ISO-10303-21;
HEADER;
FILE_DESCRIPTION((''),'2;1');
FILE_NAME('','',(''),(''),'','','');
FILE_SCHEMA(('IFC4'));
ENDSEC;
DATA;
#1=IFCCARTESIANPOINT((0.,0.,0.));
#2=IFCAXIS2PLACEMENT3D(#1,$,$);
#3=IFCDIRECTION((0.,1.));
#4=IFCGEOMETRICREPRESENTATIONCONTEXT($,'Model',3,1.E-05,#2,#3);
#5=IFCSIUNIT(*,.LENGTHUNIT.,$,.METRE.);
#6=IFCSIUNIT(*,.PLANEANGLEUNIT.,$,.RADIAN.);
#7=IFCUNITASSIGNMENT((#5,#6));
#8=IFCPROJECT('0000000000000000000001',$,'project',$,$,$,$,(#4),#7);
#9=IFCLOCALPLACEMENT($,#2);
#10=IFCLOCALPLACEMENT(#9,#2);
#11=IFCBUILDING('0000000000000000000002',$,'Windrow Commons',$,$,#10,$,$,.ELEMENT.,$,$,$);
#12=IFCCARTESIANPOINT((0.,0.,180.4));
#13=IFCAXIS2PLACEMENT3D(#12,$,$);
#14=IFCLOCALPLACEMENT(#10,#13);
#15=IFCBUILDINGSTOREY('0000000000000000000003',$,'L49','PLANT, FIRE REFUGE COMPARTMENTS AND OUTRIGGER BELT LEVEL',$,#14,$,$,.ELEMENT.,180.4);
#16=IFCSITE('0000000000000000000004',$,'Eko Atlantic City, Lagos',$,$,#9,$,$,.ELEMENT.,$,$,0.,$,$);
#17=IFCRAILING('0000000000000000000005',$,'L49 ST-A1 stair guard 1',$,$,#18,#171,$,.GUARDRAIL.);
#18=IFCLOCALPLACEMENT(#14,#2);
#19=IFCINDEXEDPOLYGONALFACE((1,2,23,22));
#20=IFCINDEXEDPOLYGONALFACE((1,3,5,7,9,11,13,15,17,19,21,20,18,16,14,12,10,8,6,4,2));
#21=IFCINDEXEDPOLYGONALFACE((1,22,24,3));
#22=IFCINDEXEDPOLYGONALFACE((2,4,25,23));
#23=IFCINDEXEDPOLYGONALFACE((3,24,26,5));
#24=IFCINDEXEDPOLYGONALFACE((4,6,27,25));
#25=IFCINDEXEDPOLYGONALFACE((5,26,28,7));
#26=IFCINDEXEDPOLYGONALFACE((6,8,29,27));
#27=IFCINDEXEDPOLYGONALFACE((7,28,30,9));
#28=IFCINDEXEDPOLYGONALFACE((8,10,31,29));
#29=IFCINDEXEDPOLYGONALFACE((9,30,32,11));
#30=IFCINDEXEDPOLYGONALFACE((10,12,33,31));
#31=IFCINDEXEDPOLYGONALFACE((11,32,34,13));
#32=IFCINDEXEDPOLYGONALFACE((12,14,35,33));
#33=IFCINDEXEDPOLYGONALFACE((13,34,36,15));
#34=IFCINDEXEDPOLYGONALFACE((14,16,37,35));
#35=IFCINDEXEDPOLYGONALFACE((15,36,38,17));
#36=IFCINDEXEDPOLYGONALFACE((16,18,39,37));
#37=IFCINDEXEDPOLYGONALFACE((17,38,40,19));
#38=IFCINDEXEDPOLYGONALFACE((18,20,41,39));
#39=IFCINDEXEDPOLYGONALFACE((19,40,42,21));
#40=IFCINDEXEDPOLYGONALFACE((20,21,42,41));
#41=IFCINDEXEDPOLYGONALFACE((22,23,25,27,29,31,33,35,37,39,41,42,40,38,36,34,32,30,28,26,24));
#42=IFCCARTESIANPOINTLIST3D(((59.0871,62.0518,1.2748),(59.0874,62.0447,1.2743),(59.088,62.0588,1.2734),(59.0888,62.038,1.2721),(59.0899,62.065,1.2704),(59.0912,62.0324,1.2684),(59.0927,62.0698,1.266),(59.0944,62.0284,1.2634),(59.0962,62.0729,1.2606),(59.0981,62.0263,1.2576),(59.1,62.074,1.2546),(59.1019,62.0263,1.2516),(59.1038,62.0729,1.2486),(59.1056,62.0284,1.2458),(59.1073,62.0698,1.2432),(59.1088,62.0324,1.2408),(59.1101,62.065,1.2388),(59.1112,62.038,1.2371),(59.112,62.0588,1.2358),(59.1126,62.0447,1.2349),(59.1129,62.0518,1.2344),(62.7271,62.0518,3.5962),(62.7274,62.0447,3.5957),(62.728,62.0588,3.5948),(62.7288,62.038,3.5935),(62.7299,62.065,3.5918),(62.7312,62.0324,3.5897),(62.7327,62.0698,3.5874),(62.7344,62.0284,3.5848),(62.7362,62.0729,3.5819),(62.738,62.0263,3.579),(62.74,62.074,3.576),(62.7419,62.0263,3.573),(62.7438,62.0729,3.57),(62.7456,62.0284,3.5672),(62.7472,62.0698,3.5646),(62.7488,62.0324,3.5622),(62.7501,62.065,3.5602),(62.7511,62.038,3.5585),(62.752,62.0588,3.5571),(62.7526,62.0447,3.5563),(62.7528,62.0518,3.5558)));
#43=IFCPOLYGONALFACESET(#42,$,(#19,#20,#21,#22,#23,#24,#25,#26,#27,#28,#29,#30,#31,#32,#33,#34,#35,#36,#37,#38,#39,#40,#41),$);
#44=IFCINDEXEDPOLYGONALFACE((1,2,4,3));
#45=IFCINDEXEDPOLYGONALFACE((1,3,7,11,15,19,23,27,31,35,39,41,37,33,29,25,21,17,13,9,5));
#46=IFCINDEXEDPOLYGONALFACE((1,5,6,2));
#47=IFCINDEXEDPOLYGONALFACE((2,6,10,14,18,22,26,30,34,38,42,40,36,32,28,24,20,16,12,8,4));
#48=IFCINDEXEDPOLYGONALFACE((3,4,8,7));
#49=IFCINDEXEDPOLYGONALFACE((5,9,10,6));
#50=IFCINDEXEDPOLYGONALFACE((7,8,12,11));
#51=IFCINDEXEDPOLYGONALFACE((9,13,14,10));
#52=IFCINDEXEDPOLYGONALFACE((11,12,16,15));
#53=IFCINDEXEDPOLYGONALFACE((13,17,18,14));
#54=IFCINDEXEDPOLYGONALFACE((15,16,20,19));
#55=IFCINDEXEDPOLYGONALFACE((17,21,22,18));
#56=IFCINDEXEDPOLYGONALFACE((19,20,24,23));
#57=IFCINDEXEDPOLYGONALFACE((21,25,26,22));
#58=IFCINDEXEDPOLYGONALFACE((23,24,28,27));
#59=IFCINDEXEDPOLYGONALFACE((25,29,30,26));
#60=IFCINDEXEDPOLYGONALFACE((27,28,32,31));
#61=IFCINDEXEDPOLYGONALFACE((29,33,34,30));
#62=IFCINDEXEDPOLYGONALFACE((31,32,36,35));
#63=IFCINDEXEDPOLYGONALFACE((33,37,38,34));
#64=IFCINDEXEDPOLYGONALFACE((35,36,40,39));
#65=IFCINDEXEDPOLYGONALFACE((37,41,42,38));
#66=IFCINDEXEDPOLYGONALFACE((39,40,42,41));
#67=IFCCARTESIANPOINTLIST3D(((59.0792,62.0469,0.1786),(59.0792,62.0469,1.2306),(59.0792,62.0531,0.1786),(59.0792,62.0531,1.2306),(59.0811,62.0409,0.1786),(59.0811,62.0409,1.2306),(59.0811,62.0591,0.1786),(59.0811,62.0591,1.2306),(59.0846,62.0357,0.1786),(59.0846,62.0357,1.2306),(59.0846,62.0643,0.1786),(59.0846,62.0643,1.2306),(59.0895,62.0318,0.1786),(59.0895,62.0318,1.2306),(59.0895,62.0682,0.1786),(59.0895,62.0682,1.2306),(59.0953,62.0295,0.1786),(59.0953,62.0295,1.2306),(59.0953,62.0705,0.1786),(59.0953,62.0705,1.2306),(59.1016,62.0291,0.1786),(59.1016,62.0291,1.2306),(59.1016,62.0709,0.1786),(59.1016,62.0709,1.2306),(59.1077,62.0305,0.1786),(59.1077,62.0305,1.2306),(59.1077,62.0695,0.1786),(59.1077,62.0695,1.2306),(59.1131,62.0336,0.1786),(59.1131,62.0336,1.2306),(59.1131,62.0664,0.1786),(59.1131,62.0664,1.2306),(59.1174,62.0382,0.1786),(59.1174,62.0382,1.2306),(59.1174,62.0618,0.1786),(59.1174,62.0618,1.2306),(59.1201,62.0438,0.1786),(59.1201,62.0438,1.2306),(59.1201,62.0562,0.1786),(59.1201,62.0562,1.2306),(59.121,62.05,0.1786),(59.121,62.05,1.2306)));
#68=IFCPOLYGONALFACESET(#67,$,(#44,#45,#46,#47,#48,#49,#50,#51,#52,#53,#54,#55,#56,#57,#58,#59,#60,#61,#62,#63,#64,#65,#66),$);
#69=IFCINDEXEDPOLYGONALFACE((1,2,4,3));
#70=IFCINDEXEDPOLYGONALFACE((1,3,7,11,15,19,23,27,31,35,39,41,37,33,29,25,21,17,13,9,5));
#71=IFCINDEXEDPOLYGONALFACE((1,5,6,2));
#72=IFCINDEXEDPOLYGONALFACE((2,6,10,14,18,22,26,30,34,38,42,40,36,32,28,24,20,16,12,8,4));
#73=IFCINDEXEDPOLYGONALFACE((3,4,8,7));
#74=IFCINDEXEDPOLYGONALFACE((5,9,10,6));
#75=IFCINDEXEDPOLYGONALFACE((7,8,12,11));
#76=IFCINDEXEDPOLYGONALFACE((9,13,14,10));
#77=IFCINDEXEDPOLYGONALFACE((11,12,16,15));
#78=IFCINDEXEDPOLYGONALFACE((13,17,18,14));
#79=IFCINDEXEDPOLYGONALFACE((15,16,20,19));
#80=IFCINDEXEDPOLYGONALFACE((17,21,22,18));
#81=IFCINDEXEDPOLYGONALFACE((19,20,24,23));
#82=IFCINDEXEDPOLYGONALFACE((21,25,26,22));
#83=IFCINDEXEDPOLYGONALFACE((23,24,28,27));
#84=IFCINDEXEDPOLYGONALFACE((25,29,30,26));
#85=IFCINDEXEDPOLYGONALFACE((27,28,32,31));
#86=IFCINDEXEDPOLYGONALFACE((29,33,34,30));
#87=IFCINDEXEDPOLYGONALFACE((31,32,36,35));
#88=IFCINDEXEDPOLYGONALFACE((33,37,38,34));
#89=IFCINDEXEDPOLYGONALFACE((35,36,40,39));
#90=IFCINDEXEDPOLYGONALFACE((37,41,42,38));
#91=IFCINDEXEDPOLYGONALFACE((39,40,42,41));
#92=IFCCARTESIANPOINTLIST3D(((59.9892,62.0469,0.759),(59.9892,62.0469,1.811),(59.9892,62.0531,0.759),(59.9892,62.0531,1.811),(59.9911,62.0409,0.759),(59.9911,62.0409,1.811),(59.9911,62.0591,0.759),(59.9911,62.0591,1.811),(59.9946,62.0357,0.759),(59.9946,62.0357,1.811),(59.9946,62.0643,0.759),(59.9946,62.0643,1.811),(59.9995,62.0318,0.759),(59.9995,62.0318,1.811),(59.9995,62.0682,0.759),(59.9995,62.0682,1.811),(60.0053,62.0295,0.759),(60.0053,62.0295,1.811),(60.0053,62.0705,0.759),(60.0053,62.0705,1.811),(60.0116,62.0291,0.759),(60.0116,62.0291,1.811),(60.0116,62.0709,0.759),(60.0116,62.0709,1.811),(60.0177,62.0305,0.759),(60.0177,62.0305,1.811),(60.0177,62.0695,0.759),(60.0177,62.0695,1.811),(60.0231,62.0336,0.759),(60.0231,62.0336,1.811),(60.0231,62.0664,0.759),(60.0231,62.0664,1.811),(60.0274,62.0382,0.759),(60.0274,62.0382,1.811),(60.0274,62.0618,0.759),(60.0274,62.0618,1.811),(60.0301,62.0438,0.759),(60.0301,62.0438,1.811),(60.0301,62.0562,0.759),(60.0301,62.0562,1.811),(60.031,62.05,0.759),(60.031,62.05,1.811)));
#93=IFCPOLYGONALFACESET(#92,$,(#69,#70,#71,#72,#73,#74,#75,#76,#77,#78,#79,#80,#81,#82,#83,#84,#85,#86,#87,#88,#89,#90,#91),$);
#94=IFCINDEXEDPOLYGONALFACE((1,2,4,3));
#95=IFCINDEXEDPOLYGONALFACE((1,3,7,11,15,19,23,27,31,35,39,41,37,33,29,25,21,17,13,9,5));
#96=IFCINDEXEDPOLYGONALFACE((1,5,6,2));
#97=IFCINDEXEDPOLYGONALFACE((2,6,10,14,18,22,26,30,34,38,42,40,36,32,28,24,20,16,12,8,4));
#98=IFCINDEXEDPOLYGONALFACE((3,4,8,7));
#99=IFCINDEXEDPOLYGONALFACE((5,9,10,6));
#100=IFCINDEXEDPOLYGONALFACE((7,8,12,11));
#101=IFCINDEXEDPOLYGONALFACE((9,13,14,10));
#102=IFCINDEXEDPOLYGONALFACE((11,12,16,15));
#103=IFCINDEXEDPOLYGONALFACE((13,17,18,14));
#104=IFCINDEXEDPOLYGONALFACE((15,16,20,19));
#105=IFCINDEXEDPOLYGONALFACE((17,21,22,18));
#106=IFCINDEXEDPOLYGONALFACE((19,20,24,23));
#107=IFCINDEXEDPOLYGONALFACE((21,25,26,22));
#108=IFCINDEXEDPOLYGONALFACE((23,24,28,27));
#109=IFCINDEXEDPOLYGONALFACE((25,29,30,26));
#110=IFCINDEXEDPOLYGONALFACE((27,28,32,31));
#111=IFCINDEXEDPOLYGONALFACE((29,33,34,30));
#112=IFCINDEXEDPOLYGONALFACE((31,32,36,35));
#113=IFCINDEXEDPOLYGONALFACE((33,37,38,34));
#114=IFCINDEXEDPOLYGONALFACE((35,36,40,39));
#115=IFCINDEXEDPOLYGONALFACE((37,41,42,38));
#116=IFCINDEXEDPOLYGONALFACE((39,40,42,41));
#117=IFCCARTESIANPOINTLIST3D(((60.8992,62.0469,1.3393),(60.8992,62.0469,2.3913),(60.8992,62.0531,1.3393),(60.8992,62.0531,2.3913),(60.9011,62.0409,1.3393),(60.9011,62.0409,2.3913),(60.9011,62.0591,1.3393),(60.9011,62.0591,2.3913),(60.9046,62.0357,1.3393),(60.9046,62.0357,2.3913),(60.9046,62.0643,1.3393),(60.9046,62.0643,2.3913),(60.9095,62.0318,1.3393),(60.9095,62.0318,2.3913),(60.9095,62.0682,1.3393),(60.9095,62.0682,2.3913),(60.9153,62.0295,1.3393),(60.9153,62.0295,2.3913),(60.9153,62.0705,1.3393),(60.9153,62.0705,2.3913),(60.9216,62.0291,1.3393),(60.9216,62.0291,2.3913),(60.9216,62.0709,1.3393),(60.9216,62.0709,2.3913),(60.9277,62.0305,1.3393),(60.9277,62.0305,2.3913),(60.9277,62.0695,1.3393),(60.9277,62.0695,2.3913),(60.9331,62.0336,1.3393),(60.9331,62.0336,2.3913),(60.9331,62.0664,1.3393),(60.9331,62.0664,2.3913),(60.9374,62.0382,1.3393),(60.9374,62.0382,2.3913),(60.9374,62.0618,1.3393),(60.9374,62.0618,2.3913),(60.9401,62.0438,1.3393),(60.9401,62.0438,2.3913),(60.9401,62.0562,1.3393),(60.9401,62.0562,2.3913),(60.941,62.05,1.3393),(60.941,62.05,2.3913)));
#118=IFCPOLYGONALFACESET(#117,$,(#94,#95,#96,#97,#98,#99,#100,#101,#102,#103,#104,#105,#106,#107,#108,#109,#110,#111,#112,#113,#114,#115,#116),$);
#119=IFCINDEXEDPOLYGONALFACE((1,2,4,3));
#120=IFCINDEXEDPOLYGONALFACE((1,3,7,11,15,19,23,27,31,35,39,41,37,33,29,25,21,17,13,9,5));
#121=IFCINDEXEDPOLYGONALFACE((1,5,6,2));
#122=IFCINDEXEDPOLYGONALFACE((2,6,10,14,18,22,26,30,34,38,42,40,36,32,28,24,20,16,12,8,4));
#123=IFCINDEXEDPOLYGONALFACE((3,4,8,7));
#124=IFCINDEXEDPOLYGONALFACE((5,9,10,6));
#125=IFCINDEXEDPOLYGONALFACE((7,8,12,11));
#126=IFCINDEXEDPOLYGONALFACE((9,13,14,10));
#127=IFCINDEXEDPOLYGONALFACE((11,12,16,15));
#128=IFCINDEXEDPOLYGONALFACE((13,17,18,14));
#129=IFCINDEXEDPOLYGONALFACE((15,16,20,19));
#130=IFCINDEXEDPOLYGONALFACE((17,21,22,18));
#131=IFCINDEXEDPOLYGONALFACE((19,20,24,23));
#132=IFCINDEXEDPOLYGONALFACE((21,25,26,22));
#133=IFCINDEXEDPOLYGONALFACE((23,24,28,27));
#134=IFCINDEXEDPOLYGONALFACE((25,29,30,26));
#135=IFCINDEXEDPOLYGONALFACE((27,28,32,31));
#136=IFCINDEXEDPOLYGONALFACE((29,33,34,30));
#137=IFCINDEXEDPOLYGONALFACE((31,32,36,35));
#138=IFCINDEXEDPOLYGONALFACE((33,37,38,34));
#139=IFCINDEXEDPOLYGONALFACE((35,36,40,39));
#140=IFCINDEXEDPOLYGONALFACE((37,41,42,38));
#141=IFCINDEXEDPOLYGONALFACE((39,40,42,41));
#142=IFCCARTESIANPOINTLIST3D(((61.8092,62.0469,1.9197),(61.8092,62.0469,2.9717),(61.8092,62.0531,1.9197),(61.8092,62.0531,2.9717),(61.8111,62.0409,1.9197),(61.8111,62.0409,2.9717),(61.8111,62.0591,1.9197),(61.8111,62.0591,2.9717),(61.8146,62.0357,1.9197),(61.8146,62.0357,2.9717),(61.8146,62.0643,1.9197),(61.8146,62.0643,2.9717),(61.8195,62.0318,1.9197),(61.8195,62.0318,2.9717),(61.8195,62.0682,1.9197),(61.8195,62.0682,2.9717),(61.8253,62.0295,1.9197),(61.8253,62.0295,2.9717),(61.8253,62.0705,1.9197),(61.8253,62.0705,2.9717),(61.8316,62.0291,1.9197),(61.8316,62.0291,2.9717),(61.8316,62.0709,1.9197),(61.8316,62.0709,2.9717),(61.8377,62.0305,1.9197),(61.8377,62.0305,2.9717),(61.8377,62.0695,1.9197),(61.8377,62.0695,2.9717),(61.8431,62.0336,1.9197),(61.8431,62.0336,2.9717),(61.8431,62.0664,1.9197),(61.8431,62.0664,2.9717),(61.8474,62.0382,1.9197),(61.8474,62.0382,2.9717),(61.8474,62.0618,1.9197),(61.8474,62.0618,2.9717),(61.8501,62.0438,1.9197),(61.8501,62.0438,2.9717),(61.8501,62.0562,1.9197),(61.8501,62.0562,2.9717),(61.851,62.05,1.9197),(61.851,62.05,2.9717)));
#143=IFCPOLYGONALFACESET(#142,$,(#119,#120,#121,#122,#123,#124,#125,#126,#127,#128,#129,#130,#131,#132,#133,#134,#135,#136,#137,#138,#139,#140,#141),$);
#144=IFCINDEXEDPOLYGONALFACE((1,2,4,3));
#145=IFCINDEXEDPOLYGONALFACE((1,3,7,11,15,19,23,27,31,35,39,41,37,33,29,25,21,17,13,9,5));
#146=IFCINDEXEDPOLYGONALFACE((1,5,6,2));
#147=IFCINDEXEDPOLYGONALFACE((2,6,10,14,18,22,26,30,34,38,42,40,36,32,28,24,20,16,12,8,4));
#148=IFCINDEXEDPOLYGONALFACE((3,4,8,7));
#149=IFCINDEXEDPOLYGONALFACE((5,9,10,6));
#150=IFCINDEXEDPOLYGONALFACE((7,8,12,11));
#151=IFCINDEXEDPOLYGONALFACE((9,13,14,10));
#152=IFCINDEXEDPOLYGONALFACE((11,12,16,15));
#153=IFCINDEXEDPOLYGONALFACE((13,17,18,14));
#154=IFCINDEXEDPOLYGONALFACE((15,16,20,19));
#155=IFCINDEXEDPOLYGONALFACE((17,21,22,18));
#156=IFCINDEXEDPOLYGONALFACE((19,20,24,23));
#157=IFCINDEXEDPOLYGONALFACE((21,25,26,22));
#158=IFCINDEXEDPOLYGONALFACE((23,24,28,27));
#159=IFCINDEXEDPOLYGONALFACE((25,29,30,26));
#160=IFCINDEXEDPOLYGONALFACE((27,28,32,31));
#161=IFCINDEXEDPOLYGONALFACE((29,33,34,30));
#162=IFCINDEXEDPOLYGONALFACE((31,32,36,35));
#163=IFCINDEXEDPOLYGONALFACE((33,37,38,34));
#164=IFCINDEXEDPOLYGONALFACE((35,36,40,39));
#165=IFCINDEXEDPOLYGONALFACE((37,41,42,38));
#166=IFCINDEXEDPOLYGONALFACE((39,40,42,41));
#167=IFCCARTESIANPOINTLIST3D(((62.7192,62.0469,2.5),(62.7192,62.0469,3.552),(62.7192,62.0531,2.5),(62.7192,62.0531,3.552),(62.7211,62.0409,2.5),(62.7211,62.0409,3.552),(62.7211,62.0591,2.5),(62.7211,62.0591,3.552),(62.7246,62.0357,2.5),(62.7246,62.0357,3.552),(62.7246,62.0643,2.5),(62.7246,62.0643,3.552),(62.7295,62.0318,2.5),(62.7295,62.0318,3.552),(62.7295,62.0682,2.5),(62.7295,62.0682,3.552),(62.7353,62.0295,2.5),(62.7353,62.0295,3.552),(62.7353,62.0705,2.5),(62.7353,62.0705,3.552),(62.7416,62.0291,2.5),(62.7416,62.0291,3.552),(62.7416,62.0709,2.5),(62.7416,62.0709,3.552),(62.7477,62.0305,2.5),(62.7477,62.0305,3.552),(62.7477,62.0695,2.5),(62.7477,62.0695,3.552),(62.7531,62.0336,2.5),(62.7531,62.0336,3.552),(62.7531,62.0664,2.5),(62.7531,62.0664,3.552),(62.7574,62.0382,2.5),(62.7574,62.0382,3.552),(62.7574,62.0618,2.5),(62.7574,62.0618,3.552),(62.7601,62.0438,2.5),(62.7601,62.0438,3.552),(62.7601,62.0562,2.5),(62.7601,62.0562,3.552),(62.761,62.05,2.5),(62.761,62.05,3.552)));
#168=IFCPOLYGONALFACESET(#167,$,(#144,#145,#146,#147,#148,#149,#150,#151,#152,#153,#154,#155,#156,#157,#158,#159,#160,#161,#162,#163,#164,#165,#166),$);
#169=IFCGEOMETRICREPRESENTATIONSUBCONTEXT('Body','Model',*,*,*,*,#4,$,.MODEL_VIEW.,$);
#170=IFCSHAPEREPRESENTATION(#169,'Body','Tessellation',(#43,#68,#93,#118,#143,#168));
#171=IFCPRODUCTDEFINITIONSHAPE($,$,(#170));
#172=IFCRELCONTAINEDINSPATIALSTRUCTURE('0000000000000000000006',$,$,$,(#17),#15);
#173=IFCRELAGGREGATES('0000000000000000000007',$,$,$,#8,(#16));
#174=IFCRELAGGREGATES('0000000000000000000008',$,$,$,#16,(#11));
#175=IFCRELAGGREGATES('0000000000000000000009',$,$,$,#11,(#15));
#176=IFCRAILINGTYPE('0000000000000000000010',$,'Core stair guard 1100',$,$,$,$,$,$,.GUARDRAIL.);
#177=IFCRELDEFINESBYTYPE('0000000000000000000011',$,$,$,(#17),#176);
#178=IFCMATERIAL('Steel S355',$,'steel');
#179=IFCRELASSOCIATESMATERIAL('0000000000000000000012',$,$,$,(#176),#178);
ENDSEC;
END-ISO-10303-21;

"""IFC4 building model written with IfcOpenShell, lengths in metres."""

from ifc_helpers import new_model, si_unit, direction, frame, origin, origin_2d, place, context, subcontext, project, spatial, circle, extrude, material, type_object, element, save


model = new_model("IFC4")

# Units and contexts
model_context = context("Model", 3, precision=1e-05, world=origin(), true_north=direction((0.0, 1.0)))
body_context = subcontext(model_context, "Body", "Model", "MODEL_VIEW")
ifc_project = project(units=[si_unit("LENGTHUNIT", "METRE"), si_unit("PLANEANGLEUNIT", "RADIAN")], contexts=[model_context])

# Site, building, storey
site_placement = place(None, origin())
site = spatial("IfcSite", under=ifc_project, at=site_placement, Name="Eko Atlantic City, Lagos", CompositionType="ELEMENT", RefElevation=0.0)
building_placement = place(site_placement, origin())
building = spatial("IfcBuilding", under=site, at=building_placement, Name="Windrow Commons", CompositionType="ELEMENT")
storey_placement = place(building_placement, frame((0.0, 0.0, 180.4)))
storey = spatial("IfcBuildingStorey", under=building, at=storey_placement, Name="L49", Description="PLANT, FIRE REFUGE COMPARTMENTS AND OUTRIGGER BELT LEVEL", CompositionType="ELEMENT", Elevation=180.4)

# Railing
ifc_material_1 = material(Name="Steel S355", Category="steel")
railing_type_1 = type_object("IfcRailingType", Name="Core stair guard 1100", PredefinedType="GUARDRAIL", material=ifc_material_1)
railing_1_placement = place(storey_placement, frame((59.1, 62.05, 0.1786)))
element("IfcRailing", 1, at=railing_1_placement, inside=storey, type_object=railing_type_1, Name="L49 ST-A1 stair guard 1", PredefinedType="GUARDRAIL", context=body_context, shape_type="SweptSolid", body=[
    extrude(circle(Radius=0.024, at=origin_2d()), frame((0.0, 0.0, 1.076), z_axis=(0.843133, 0.0, 0.537706), x_axis=(0.0, 1.0, 0.0)), (0.0, 0.0, 1.0), 4.3172),
    extrude(circle(Radius=0.021, at=origin_2d()), origin(), (0.0, 0.0, 1.0), 1.052),
    extrude(circle(Radius=0.021, at=origin_2d()), frame((0.91, 0.0, 0.5804)), (0.0, 0.0, 1.0), 1.052),
    extrude(circle(Radius=0.021, at=origin_2d()), frame((1.82, 0.0, 1.1607)), (0.0, 0.0, 1.0), 1.052),
    extrude(circle(Radius=0.021, at=origin_2d()), frame((2.73, 0.0, 1.7411)), (0.0, 0.0, 1.0), 1.052),
    extrude(circle(Radius=0.021, at=origin_2d()), frame((3.64, 0.0, 2.3214)), (0.0, 0.0, 1.0), 1.052),
])

save(model, "model.ifc")
